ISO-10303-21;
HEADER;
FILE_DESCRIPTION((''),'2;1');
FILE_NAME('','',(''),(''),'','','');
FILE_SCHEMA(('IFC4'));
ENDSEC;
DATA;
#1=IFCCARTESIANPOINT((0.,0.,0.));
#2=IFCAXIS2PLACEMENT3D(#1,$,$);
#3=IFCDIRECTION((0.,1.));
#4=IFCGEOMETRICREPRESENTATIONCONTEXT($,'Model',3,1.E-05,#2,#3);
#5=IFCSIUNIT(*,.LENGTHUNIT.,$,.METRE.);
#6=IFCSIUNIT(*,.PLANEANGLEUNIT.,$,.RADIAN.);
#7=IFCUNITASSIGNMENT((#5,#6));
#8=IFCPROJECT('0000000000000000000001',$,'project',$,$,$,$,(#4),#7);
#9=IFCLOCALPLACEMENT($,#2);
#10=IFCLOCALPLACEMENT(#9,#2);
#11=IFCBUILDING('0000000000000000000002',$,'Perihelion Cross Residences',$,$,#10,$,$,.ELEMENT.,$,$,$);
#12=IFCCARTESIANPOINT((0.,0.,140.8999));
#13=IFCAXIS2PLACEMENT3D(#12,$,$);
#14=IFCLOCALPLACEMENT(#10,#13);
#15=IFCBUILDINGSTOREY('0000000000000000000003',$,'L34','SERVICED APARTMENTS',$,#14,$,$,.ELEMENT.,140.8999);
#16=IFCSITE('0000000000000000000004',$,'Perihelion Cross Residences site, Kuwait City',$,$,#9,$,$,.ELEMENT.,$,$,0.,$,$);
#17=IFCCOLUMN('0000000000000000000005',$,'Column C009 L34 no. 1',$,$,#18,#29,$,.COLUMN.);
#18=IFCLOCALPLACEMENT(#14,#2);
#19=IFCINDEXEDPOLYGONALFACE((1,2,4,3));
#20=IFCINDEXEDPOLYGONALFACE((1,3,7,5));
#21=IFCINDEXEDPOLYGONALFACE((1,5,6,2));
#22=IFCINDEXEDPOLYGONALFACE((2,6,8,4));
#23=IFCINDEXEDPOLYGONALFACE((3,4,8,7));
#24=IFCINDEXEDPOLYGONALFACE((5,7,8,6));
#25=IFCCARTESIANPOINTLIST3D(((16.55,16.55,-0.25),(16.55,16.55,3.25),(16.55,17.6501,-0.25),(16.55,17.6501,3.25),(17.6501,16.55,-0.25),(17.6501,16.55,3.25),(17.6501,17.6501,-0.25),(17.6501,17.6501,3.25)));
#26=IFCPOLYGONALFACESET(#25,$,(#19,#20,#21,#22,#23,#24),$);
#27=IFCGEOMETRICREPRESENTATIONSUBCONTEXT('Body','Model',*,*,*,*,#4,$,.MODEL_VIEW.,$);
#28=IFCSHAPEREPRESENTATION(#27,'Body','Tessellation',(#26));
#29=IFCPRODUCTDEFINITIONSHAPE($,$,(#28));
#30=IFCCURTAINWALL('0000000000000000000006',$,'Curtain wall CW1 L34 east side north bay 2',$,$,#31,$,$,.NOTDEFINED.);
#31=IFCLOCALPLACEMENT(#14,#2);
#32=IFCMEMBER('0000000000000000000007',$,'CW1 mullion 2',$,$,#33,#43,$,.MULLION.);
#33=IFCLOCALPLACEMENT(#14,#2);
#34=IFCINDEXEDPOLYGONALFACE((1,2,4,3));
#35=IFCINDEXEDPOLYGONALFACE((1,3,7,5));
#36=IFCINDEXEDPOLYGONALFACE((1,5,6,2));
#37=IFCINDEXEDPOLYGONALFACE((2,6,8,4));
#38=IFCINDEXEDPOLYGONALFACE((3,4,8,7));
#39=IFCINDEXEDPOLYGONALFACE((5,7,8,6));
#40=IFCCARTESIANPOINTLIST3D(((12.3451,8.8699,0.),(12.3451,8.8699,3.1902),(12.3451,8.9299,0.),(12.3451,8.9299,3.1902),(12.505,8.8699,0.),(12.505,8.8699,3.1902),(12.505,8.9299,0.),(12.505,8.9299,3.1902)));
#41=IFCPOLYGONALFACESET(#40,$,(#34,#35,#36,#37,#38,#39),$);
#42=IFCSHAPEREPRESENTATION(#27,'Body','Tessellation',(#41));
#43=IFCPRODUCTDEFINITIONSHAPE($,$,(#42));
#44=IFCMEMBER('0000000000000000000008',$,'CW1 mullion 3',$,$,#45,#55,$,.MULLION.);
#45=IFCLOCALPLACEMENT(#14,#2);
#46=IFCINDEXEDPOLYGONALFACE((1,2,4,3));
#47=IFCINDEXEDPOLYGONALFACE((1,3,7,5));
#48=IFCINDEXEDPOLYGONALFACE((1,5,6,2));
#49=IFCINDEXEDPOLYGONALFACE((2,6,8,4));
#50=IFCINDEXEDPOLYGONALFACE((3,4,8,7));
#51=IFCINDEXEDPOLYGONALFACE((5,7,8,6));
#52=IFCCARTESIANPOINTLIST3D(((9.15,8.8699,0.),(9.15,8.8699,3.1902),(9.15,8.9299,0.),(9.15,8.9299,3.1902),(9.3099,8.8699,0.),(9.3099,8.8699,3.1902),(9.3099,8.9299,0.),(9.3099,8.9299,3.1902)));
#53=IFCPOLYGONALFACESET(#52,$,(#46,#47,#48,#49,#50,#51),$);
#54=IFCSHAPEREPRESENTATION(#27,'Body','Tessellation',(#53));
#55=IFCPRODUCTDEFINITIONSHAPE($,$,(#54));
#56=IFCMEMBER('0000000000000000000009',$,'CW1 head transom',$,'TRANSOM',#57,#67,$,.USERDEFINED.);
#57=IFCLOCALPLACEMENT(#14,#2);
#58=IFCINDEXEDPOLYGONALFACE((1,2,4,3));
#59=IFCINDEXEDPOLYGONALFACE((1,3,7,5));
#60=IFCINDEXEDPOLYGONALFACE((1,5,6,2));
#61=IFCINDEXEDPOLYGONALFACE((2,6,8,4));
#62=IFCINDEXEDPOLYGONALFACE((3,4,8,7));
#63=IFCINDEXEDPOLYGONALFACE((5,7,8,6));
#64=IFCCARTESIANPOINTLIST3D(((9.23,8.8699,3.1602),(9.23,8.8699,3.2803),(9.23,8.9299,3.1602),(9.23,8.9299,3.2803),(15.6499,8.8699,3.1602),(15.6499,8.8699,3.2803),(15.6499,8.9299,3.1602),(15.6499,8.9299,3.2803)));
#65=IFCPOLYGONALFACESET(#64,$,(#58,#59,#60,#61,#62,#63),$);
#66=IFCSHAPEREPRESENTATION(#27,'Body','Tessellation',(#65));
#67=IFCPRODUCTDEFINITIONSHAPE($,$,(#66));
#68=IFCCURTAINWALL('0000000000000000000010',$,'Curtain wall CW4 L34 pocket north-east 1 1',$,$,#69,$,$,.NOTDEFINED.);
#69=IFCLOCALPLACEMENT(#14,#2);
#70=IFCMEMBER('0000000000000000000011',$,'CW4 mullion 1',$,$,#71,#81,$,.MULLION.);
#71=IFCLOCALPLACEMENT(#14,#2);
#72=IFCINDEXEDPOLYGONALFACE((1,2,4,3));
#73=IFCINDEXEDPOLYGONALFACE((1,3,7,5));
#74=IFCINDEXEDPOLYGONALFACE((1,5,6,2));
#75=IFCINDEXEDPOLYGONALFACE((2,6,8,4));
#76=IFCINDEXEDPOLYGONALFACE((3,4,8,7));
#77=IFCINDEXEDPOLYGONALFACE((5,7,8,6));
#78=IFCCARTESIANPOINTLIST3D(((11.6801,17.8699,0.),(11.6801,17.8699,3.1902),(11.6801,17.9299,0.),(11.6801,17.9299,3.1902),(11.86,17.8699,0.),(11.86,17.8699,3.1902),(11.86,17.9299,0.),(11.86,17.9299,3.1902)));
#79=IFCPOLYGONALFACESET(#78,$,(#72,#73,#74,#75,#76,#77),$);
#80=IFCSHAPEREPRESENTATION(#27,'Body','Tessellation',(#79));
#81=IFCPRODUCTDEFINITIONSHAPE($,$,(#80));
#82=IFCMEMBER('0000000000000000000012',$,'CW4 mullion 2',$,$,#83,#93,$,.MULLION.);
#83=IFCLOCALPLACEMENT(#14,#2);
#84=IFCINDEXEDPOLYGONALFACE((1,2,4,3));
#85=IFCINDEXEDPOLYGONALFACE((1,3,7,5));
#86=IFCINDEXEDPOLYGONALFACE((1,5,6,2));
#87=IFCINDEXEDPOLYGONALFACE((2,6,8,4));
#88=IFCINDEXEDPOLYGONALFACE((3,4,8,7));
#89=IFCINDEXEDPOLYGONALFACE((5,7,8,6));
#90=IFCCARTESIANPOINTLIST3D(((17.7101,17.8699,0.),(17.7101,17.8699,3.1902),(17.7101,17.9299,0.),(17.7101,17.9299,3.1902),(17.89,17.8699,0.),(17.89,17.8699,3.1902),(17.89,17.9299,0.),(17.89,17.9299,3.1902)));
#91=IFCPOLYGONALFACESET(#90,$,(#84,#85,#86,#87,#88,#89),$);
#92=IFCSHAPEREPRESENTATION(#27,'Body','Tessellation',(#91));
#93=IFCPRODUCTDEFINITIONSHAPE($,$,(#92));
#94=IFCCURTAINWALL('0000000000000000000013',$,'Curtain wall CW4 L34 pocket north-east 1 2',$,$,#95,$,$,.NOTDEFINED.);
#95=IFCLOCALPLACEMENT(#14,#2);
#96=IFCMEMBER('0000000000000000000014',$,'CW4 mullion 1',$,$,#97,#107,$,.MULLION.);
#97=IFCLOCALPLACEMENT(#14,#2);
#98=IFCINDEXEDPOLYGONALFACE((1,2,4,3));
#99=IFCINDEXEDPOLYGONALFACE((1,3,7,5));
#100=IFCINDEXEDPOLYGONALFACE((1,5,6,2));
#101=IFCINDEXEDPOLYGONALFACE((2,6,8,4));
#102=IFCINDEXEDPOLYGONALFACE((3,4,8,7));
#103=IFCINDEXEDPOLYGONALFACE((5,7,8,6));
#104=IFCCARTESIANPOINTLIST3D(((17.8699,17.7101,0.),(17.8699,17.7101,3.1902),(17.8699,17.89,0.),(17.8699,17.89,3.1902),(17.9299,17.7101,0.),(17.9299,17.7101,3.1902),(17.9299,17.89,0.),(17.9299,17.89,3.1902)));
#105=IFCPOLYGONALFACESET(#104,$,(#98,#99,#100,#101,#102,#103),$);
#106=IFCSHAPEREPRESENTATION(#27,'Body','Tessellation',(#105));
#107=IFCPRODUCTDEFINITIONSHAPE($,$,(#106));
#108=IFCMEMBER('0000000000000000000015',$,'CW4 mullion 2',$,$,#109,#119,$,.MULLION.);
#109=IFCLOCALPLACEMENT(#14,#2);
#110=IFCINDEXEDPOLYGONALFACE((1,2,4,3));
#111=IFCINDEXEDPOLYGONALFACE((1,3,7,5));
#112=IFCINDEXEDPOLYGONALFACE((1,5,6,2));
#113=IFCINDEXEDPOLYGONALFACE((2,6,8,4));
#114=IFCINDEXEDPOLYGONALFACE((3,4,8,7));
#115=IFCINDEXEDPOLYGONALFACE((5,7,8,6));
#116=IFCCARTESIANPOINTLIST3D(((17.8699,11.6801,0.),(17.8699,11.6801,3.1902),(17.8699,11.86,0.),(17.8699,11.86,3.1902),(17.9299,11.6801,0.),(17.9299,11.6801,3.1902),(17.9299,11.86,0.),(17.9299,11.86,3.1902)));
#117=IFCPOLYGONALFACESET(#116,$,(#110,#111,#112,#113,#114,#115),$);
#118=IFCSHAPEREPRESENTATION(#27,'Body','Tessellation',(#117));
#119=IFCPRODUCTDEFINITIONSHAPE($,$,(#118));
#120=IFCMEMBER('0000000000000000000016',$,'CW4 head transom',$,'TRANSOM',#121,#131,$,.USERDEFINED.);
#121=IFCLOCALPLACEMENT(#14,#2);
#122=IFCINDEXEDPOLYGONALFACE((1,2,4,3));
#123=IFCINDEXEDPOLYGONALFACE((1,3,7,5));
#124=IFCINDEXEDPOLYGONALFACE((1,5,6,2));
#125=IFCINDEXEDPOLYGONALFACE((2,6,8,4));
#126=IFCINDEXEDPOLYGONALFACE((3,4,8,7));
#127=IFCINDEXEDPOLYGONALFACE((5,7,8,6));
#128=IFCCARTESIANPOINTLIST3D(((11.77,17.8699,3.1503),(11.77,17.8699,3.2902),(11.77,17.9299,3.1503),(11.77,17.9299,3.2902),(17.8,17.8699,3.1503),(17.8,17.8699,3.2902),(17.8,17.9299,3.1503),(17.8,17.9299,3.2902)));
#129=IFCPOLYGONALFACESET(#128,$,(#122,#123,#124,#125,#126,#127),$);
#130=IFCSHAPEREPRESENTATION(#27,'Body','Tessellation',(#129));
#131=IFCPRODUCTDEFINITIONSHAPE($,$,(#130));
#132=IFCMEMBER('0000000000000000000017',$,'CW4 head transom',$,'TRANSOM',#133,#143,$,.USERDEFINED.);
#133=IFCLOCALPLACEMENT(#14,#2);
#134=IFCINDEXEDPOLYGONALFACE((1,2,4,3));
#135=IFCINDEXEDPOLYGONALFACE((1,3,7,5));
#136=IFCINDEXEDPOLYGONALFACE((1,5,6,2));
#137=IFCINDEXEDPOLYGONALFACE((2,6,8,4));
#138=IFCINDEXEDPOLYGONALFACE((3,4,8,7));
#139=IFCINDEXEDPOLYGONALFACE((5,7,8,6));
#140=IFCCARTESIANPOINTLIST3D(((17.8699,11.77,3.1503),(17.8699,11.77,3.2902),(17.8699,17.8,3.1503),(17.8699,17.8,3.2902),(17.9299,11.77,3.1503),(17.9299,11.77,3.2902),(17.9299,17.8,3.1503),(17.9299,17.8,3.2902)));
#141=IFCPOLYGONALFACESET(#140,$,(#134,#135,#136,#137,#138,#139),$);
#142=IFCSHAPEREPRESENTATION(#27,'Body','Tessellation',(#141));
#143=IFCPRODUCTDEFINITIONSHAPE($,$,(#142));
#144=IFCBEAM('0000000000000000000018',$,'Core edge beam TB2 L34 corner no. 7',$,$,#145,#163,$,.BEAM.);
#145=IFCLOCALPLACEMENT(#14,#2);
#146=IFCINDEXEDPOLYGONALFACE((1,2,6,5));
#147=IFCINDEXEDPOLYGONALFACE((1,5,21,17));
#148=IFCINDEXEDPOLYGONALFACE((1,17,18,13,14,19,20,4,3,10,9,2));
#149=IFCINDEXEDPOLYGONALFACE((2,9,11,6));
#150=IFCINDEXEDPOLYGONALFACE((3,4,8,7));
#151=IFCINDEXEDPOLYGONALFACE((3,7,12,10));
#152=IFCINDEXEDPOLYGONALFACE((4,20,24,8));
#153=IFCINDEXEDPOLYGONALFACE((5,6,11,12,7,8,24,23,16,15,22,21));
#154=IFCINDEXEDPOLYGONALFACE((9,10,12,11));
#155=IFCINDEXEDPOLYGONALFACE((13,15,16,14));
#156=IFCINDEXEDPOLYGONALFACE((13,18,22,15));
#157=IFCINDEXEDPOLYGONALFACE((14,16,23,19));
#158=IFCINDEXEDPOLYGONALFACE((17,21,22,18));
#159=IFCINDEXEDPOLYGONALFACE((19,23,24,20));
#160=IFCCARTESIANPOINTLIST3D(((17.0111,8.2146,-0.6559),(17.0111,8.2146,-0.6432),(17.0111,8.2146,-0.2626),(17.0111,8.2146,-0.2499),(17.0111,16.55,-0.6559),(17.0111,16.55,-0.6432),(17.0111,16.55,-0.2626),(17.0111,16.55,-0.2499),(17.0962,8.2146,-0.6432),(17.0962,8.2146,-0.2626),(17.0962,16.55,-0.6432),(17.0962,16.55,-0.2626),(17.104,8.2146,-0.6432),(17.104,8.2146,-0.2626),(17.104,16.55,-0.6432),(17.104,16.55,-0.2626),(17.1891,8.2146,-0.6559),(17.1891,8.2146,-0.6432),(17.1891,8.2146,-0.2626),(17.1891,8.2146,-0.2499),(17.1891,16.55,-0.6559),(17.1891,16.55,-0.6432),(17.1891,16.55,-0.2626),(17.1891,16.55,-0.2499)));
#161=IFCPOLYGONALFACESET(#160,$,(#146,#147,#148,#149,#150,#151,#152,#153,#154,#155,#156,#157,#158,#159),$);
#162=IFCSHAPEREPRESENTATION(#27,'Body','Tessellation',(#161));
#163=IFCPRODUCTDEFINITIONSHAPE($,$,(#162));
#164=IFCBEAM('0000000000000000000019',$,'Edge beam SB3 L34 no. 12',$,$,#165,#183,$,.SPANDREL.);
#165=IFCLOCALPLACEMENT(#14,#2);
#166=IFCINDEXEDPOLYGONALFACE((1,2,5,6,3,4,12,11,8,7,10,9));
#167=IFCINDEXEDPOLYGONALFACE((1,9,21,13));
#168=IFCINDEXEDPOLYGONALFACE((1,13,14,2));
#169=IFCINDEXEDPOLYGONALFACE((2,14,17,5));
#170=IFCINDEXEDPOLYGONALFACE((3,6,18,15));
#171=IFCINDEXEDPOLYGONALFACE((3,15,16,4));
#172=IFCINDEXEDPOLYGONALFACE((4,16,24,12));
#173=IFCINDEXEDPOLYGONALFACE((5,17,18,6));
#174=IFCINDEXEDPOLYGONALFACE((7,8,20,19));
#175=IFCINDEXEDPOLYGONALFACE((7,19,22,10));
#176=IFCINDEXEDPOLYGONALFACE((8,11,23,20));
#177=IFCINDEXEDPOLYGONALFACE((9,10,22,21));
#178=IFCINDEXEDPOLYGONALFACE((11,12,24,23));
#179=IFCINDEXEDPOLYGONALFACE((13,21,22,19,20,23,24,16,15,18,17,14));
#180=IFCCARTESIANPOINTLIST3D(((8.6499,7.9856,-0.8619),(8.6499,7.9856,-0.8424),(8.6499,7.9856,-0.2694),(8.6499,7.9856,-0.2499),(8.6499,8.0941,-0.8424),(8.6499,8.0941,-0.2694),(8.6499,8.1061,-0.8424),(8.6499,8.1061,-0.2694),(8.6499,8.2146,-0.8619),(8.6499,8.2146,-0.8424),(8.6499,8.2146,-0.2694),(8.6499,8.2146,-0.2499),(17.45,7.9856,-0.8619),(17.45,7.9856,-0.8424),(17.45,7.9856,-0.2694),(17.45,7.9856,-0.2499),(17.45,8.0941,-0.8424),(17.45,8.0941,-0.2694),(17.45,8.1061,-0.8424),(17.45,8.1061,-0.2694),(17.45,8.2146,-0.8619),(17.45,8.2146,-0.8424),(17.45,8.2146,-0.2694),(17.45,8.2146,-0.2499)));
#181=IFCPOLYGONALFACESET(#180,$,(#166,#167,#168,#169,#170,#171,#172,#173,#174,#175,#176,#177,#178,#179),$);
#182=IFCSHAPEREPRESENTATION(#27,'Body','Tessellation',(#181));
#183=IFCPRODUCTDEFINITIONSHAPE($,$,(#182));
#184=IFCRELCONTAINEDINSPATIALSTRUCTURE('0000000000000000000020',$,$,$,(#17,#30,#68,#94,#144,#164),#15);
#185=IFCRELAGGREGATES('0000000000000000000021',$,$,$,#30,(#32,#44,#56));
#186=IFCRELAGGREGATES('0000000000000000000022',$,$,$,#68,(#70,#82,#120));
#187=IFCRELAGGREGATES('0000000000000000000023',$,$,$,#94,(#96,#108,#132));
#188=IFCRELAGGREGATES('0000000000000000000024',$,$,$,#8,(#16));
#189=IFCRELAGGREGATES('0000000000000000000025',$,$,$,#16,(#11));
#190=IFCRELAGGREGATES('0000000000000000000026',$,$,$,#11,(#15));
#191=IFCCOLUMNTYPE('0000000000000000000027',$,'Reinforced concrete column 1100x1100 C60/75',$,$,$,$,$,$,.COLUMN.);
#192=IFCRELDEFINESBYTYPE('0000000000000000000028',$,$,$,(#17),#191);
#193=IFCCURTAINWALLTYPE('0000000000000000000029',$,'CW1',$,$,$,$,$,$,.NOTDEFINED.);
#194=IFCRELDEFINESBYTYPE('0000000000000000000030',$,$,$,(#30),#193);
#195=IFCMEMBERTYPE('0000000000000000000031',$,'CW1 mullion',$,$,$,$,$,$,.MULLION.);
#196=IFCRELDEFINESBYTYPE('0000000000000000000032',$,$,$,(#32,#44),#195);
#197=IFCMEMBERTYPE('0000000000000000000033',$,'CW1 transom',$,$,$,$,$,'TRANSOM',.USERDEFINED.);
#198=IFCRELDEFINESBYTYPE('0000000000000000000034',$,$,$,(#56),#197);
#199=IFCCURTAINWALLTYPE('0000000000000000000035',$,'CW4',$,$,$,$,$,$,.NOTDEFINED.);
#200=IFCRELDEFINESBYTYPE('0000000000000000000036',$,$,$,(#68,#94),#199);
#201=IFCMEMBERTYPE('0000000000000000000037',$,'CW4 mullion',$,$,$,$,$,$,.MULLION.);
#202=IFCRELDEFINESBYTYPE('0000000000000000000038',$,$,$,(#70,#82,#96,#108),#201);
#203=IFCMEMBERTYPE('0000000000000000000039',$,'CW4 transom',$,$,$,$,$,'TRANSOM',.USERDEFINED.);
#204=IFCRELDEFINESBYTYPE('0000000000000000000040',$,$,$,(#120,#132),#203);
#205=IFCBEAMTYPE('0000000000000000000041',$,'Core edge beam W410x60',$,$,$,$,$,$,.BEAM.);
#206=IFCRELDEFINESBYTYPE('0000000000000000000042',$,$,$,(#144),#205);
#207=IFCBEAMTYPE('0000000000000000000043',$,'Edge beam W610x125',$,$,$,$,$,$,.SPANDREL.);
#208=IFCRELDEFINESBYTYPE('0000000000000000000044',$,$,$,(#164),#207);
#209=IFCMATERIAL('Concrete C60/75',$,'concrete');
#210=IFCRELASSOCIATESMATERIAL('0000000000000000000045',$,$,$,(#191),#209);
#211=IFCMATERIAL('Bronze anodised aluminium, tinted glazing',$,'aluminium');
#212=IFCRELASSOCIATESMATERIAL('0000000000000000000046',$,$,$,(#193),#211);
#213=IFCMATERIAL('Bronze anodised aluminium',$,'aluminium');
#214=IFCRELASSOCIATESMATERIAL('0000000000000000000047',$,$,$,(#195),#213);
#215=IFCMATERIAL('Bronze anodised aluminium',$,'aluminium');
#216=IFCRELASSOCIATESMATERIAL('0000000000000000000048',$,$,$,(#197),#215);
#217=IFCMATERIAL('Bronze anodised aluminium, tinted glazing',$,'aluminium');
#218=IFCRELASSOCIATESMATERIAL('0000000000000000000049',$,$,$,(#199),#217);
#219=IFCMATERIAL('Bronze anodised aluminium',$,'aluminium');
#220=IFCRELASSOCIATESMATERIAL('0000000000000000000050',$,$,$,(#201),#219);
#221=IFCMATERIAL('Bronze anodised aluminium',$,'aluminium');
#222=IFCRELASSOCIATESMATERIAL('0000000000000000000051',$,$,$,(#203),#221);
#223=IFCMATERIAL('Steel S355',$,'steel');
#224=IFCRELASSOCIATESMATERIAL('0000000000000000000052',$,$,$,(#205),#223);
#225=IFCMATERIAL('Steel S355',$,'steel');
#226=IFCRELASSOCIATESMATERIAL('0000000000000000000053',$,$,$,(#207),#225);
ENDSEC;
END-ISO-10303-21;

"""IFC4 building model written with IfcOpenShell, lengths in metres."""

from ifc_helpers import new_model, si_unit, direction, frame, origin, origin_2d, place, context, subcontext, project, spatial, rectangle, i_section, extrude, material, material_profile, profile_set, type_object, element, aggregate, save


model = new_model("IFC4")

# Units and contexts
model_context = context("Model", 3, precision=1e-05, world=origin(), true_north=direction((0.0, 1.0)))
body_context = subcontext(model_context, "Body", "Model", "MODEL_VIEW")
ifc_project = project(units=[si_unit("LENGTHUNIT", "METRE"), si_unit("PLANEANGLEUNIT", "RADIAN")], contexts=[model_context])

# Site, building, storey
site_placement = place(None, origin())
site = spatial("IfcSite", under=ifc_project, at=site_placement, Name="Perihelion Cross Residences site, Kuwait City", CompositionType="ELEMENT", RefElevation=0.0)
building_placement = place(site_placement, origin())
building = spatial("IfcBuilding", under=site, at=building_placement, Name="Perihelion Cross Residences", CompositionType="ELEMENT")
storey_placement = place(building_placement, frame((0.0, 0.0, 140.8999)))
storey = spatial("IfcBuildingStorey", under=building, at=storey_placement, Name="L34", Description="SERVICED APARTMENTS", CompositionType="ELEMENT", Elevation=140.8999)

# Column
ifc_material_1 = material(Name="Concrete C60/75", Category="concrete")
ifc_material_profile_1 = material_profile(ifc_material_1, rectangle(XDim=1.1001, YDim=1.1001, at=origin_2d()), Name="RC 1100x1100")
ifc_profile_set_1 = profile_set([ifc_material_profile_1], Name="Concrete C60/75")
column_type = type_object("IfcColumnType", Name="Reinforced concrete column 1100x1100 C60/75", PredefinedType="COLUMN", material=ifc_profile_set_1)
column_placement = place(storey_placement, frame((17.1001, 17.1001, -0.25), z_axis=(0.0, 0.0, 1.0), x_axis=(1.0, 0.0, 0.0)))
element("IfcColumn", 1, at=column_placement, inside=storey, type_object=column_type, Name="Column C009 L34 no. 1", PredefinedType="COLUMN", context=body_context, shape_type="SweptSolid", body=[
    extrude(rectangle(XDim=1.1001, YDim=1.1001, at=origin_2d()), origin(), (0.0, 0.0, 1.0), 3.5),
])

# Curtain walls, members
ifc_material_2 = material(Name="Bronze anodised aluminium, tinted glazing", Category="aluminium")
curtain_wall_type_1 = type_object("IfcCurtainWallType", Name="CW1", PredefinedType="NOTDEFINED", material=ifc_material_2)
curtain_wall_1_placement = place(storey_placement, origin())
curtain_wall_1 = element("IfcCurtainWall", 2, at=curtain_wall_1_placement, inside=storey, type_object=curtain_wall_type_1, Name="Curtain wall CW1 L34 east side north bay 2", PredefinedType="NOTDEFINED")
ifc_material_3 = material(Name="Bronze anodised aluminium", Category="aluminium")
ifc_material_profile_2 = material_profile(ifc_material_3, rectangle(XDim=0.0601, YDim=0.1599, at=origin_2d()), Name="CW1 mullion")
ifc_profile_set_2 = profile_set([ifc_material_profile_2], Name="Bronze anodised aluminium")
member_type_1 = type_object("IfcMemberType", Name="CW1 mullion", PredefinedType="MULLION", material=ifc_profile_set_2)
member_1_placement = place(storey_placement, frame((12.425, 8.8999, 0.0), z_axis=(0.0, 0.0, 1.0), x_axis=(0.0, -1.0, 0.0)))
member_1 = element("IfcMember", 3, at=member_1_placement, type_object=member_type_1, Name="CW1 mullion 2", PredefinedType="MULLION", context=body_context, shape_type="SweptSolid", body=[
    extrude(rectangle(XDim=0.0601, YDim=0.1599, at=origin_2d()), origin(), (0.0, 0.0, 1.0), 3.1902),
])
member_2_placement = place(storey_placement, frame((9.23, 8.8999, 0.0), z_axis=(0.0, 0.0, 1.0), x_axis=(0.0, -1.0, 0.0)))
member_2 = element("IfcMember", 4, at=member_2_placement, type_object=member_type_1, Name="CW1 mullion 3", PredefinedType="MULLION", context=body_context, shape_type="SweptSolid", body=[
    extrude(rectangle(XDim=0.0601, YDim=0.1599, at=origin_2d()), origin(), (0.0, 0.0, 1.0), 3.1902),
])
ifc_material_4 = material(Name="Bronze anodised aluminium", Category="aluminium")
ifc_material_profile_3 = material_profile(ifc_material_4, rectangle(XDim=0.0601, YDim=0.1201, at=origin_2d()), Name="CW1 transom")
ifc_profile_set_3 = profile_set([ifc_material_profile_3], Name="Bronze anodised aluminium")
member_type_2 = type_object("IfcMemberType", Name="CW1 transom", ElementType="TRANSOM", PredefinedType="USERDEFINED", material=ifc_profile_set_3)
member_3_placement = place(storey_placement, frame((15.6499, 8.8999, 3.2202), z_axis=(-1.0, 0.0, 0.0), x_axis=(0.0, -1.0, 0.0)))
member_3 = element("IfcMember", 5, at=member_3_placement, type_object=member_type_2, Name="CW1 head transom", ObjectType="TRANSOM", PredefinedType="USERDEFINED", context=body_context, shape_type="SweptSolid", body=[
    extrude(rectangle(XDim=0.0601, YDim=0.1201, at=origin_2d()), origin(), (0.0, 0.0, 1.0), 6.4199),
])
ifc_material_5 = material(Name="Bronze anodised aluminium, tinted glazing", Category="aluminium")
curtain_wall_type_2 = type_object("IfcCurtainWallType", Name="CW4", PredefinedType="NOTDEFINED", material=ifc_material_5)
curtain_wall_2_placement = place(storey_placement, origin())
curtain_wall_2 = element("IfcCurtainWall", 6, at=curtain_wall_2_placement, inside=storey, type_object=curtain_wall_type_2, Name="Curtain wall CW4 L34 pocket north-east 1 1", PredefinedType="NOTDEFINED")
ifc_material_6 = material(Name="Bronze anodised aluminium", Category="aluminium")
ifc_material_profile_4 = material_profile(ifc_material_6, rectangle(XDim=0.0601, YDim=0.1799, at=origin_2d()), Name="CW4 mullion")
ifc_profile_set_4 = profile_set([ifc_material_profile_4], Name="Bronze anodised aluminium")
member_type_3 = type_object("IfcMemberType", Name="CW4 mullion", PredefinedType="MULLION", material=ifc_profile_set_4)
member_4_placement = place(storey_placement, frame((11.77, 17.8999, 0.0), z_axis=(0.0, 0.0, 1.0), x_axis=(0.0, 1.0, 0.0)))
member_4 = element("IfcMember", 7, at=member_4_placement, type_object=member_type_3, Name="CW4 mullion 1", PredefinedType="MULLION", context=body_context, shape_type="SweptSolid", body=[
    extrude(rectangle(XDim=0.0601, YDim=0.1799, at=origin_2d()), origin(), (0.0, 0.0, 1.0), 3.1902),
])
member_5_placement = place(storey_placement, frame((17.8, 17.8999, 0.0), z_axis=(0.0, 0.0, 1.0), x_axis=(0.0, 1.0, 0.0)))
member_5 = element("IfcMember", 8, at=member_5_placement, type_object=member_type_3, Name="CW4 mullion 2", PredefinedType="MULLION", context=body_context, shape_type="SweptSolid", body=[
    extrude(rectangle(XDim=0.0601, YDim=0.1799, at=origin_2d()), origin(), (0.0, 0.0, 1.0), 3.1902),
])
curtain_wall_3_placement = place(storey_placement, origin())
curtain_wall_3 = element("IfcCurtainWall", 9, at=curtain_wall_3_placement, inside=storey, type_object=curtain_wall_type_2, Name="Curtain wall CW4 L34 pocket north-east 1 2", PredefinedType="NOTDEFINED")
member_6_placement = place(storey_placement, frame((17.8999, 17.8, 0.0), z_axis=(0.0, 0.0, 1.0), x_axis=(1.0, 0.0, 0.0)))
member_6 = element("IfcMember", 10, at=member_6_placement, type_object=member_type_3, Name="CW4 mullion 1", PredefinedType="MULLION", context=body_context, shape_type="SweptSolid", body=[
    extrude(rectangle(XDim=0.0601, YDim=0.1799, at=origin_2d()), origin(), (0.0, 0.0, 1.0), 3.1902),
])
member_7_placement = place(storey_placement, frame((17.8999, 11.77, 0.0), z_axis=(0.0, 0.0, 1.0), x_axis=(1.0, 0.0, 0.0)))
member_7 = element("IfcMember", 11, at=member_7_placement, type_object=member_type_3, Name="CW4 mullion 2", PredefinedType="MULLION", context=body_context, shape_type="SweptSolid", body=[
    extrude(rectangle(XDim=0.0601, YDim=0.1799, at=origin_2d()), origin(), (0.0, 0.0, 1.0), 3.1902),
])

# Members
ifc_material_7 = material(Name="Bronze anodised aluminium", Category="aluminium")
ifc_material_profile_5 = material_profile(ifc_material_7, rectangle(XDim=0.0601, YDim=0.1399, at=origin_2d()), Name="CW4 transom")
ifc_profile_set_5 = profile_set([ifc_material_profile_5], Name="Bronze anodised aluminium")
member_type_4 = type_object("IfcMemberType", Name="CW4 transom", ElementType="TRANSOM", PredefinedType="USERDEFINED", material=ifc_profile_set_5)
member_8_placement = place(storey_placement, frame((11.77, 17.8999, 3.2202), z_axis=(1.0, 0.0, 0.0), x_axis=(0.0, 1.0, 0.0)))
member_8 = element("IfcMember", 12, at=member_8_placement, type_object=member_type_4, Name="CW4 head transom", ObjectType="TRANSOM", PredefinedType="USERDEFINED", context=body_context, shape_type="SweptSolid", body=[
    extrude(rectangle(XDim=0.0601, YDim=0.1399, at=origin_2d()), origin(), (0.0, 0.0, 1.0), 6.03),
])
member_9_placement = place(storey_placement, frame((17.8999, 17.8, 3.2202), z_axis=(0.0, -1.0, 0.0), x_axis=(1.0, 0.0, 0.0)))
member_9 = element("IfcMember", 13, at=member_9_placement, type_object=member_type_4, Name="CW4 head transom", ObjectType="TRANSOM", PredefinedType="USERDEFINED", context=body_context, shape_type="SweptSolid", body=[
    extrude(rectangle(XDim=0.0601, YDim=0.1399, at=origin_2d()), origin(), (0.0, 0.0, 1.0), 6.03),
])

# Beams
ifc_material_8 = material(Name="Steel S355", Category="steel")
ifc_material_profile_6 = material_profile(ifc_material_8, i_section(OverallWidth=0.178, OverallDepth=0.406, WebThickness=0.0078, FlangeThickness=0.0127, at=origin_2d()), Name="W410x60")
ifc_profile_set_6 = profile_set([ifc_material_profile_6], Name="Steel S355")
beam_type_1 = type_object("IfcBeamType", Name="Core edge beam W410x60", PredefinedType="BEAM", material=ifc_profile_set_6)
beam_1_placement = place(storey_placement, frame((17.1001, 8.2146, -0.4529), z_axis=(0.0, 1.0, 0.0), x_axis=(-1.0, 0.0, 0.0)))
element("IfcBeam", 14, at=beam_1_placement, inside=storey, type_object=beam_type_1, Name="Core edge beam TB2 L34 corner no. 7", PredefinedType="BEAM", context=body_context, shape_type="SweptSolid", body=[
    extrude(i_section(OverallWidth=0.178, OverallDepth=0.406, WebThickness=0.0078, FlangeThickness=0.0127, at=origin_2d()), origin(), (0.0, 0.0, 1.0), 8.3354),
])
ifc_material_9 = material(Name="Steel S355", Category="steel")
ifc_material_profile_7 = material_profile(ifc_material_9, i_section(OverallWidth=0.229, OverallDepth=0.6121, WebThickness=0.012, FlangeThickness=0.0195, at=origin_2d()), Name="W610x125")
ifc_profile_set_7 = profile_set([ifc_material_profile_7], Name="Steel S355")
beam_type_2 = type_object("IfcBeamType", Name="Edge beam W610x125", PredefinedType="SPANDREL", material=ifc_profile_set_7)
beam_2_placement = place(storey_placement, frame((17.45, 8.1001, -0.5559), z_axis=(-1.0, 0.0, 0.0), x_axis=(0.0, -1.0, 0.0)))
element("IfcBeam", 15, at=beam_2_placement, inside=storey, type_object=beam_type_2, Name="Edge beam SB3 L34 no. 12", PredefinedType="SPANDREL", context=body_context, shape_type="SweptSolid", body=[
    extrude(i_section(OverallWidth=0.229, OverallDepth=0.6121, WebThickness=0.012, FlangeThickness=0.0195, at=origin_2d()), origin(), (0.0, 0.0, 1.0), 8.8),
])

aggregate(curtain_wall_1, [member_1, member_2, member_3])
aggregate(curtain_wall_2, [member_4, member_5, member_8])
aggregate(curtain_wall_3, [member_6, member_7, member_9])

save(model, "model.ifc")
